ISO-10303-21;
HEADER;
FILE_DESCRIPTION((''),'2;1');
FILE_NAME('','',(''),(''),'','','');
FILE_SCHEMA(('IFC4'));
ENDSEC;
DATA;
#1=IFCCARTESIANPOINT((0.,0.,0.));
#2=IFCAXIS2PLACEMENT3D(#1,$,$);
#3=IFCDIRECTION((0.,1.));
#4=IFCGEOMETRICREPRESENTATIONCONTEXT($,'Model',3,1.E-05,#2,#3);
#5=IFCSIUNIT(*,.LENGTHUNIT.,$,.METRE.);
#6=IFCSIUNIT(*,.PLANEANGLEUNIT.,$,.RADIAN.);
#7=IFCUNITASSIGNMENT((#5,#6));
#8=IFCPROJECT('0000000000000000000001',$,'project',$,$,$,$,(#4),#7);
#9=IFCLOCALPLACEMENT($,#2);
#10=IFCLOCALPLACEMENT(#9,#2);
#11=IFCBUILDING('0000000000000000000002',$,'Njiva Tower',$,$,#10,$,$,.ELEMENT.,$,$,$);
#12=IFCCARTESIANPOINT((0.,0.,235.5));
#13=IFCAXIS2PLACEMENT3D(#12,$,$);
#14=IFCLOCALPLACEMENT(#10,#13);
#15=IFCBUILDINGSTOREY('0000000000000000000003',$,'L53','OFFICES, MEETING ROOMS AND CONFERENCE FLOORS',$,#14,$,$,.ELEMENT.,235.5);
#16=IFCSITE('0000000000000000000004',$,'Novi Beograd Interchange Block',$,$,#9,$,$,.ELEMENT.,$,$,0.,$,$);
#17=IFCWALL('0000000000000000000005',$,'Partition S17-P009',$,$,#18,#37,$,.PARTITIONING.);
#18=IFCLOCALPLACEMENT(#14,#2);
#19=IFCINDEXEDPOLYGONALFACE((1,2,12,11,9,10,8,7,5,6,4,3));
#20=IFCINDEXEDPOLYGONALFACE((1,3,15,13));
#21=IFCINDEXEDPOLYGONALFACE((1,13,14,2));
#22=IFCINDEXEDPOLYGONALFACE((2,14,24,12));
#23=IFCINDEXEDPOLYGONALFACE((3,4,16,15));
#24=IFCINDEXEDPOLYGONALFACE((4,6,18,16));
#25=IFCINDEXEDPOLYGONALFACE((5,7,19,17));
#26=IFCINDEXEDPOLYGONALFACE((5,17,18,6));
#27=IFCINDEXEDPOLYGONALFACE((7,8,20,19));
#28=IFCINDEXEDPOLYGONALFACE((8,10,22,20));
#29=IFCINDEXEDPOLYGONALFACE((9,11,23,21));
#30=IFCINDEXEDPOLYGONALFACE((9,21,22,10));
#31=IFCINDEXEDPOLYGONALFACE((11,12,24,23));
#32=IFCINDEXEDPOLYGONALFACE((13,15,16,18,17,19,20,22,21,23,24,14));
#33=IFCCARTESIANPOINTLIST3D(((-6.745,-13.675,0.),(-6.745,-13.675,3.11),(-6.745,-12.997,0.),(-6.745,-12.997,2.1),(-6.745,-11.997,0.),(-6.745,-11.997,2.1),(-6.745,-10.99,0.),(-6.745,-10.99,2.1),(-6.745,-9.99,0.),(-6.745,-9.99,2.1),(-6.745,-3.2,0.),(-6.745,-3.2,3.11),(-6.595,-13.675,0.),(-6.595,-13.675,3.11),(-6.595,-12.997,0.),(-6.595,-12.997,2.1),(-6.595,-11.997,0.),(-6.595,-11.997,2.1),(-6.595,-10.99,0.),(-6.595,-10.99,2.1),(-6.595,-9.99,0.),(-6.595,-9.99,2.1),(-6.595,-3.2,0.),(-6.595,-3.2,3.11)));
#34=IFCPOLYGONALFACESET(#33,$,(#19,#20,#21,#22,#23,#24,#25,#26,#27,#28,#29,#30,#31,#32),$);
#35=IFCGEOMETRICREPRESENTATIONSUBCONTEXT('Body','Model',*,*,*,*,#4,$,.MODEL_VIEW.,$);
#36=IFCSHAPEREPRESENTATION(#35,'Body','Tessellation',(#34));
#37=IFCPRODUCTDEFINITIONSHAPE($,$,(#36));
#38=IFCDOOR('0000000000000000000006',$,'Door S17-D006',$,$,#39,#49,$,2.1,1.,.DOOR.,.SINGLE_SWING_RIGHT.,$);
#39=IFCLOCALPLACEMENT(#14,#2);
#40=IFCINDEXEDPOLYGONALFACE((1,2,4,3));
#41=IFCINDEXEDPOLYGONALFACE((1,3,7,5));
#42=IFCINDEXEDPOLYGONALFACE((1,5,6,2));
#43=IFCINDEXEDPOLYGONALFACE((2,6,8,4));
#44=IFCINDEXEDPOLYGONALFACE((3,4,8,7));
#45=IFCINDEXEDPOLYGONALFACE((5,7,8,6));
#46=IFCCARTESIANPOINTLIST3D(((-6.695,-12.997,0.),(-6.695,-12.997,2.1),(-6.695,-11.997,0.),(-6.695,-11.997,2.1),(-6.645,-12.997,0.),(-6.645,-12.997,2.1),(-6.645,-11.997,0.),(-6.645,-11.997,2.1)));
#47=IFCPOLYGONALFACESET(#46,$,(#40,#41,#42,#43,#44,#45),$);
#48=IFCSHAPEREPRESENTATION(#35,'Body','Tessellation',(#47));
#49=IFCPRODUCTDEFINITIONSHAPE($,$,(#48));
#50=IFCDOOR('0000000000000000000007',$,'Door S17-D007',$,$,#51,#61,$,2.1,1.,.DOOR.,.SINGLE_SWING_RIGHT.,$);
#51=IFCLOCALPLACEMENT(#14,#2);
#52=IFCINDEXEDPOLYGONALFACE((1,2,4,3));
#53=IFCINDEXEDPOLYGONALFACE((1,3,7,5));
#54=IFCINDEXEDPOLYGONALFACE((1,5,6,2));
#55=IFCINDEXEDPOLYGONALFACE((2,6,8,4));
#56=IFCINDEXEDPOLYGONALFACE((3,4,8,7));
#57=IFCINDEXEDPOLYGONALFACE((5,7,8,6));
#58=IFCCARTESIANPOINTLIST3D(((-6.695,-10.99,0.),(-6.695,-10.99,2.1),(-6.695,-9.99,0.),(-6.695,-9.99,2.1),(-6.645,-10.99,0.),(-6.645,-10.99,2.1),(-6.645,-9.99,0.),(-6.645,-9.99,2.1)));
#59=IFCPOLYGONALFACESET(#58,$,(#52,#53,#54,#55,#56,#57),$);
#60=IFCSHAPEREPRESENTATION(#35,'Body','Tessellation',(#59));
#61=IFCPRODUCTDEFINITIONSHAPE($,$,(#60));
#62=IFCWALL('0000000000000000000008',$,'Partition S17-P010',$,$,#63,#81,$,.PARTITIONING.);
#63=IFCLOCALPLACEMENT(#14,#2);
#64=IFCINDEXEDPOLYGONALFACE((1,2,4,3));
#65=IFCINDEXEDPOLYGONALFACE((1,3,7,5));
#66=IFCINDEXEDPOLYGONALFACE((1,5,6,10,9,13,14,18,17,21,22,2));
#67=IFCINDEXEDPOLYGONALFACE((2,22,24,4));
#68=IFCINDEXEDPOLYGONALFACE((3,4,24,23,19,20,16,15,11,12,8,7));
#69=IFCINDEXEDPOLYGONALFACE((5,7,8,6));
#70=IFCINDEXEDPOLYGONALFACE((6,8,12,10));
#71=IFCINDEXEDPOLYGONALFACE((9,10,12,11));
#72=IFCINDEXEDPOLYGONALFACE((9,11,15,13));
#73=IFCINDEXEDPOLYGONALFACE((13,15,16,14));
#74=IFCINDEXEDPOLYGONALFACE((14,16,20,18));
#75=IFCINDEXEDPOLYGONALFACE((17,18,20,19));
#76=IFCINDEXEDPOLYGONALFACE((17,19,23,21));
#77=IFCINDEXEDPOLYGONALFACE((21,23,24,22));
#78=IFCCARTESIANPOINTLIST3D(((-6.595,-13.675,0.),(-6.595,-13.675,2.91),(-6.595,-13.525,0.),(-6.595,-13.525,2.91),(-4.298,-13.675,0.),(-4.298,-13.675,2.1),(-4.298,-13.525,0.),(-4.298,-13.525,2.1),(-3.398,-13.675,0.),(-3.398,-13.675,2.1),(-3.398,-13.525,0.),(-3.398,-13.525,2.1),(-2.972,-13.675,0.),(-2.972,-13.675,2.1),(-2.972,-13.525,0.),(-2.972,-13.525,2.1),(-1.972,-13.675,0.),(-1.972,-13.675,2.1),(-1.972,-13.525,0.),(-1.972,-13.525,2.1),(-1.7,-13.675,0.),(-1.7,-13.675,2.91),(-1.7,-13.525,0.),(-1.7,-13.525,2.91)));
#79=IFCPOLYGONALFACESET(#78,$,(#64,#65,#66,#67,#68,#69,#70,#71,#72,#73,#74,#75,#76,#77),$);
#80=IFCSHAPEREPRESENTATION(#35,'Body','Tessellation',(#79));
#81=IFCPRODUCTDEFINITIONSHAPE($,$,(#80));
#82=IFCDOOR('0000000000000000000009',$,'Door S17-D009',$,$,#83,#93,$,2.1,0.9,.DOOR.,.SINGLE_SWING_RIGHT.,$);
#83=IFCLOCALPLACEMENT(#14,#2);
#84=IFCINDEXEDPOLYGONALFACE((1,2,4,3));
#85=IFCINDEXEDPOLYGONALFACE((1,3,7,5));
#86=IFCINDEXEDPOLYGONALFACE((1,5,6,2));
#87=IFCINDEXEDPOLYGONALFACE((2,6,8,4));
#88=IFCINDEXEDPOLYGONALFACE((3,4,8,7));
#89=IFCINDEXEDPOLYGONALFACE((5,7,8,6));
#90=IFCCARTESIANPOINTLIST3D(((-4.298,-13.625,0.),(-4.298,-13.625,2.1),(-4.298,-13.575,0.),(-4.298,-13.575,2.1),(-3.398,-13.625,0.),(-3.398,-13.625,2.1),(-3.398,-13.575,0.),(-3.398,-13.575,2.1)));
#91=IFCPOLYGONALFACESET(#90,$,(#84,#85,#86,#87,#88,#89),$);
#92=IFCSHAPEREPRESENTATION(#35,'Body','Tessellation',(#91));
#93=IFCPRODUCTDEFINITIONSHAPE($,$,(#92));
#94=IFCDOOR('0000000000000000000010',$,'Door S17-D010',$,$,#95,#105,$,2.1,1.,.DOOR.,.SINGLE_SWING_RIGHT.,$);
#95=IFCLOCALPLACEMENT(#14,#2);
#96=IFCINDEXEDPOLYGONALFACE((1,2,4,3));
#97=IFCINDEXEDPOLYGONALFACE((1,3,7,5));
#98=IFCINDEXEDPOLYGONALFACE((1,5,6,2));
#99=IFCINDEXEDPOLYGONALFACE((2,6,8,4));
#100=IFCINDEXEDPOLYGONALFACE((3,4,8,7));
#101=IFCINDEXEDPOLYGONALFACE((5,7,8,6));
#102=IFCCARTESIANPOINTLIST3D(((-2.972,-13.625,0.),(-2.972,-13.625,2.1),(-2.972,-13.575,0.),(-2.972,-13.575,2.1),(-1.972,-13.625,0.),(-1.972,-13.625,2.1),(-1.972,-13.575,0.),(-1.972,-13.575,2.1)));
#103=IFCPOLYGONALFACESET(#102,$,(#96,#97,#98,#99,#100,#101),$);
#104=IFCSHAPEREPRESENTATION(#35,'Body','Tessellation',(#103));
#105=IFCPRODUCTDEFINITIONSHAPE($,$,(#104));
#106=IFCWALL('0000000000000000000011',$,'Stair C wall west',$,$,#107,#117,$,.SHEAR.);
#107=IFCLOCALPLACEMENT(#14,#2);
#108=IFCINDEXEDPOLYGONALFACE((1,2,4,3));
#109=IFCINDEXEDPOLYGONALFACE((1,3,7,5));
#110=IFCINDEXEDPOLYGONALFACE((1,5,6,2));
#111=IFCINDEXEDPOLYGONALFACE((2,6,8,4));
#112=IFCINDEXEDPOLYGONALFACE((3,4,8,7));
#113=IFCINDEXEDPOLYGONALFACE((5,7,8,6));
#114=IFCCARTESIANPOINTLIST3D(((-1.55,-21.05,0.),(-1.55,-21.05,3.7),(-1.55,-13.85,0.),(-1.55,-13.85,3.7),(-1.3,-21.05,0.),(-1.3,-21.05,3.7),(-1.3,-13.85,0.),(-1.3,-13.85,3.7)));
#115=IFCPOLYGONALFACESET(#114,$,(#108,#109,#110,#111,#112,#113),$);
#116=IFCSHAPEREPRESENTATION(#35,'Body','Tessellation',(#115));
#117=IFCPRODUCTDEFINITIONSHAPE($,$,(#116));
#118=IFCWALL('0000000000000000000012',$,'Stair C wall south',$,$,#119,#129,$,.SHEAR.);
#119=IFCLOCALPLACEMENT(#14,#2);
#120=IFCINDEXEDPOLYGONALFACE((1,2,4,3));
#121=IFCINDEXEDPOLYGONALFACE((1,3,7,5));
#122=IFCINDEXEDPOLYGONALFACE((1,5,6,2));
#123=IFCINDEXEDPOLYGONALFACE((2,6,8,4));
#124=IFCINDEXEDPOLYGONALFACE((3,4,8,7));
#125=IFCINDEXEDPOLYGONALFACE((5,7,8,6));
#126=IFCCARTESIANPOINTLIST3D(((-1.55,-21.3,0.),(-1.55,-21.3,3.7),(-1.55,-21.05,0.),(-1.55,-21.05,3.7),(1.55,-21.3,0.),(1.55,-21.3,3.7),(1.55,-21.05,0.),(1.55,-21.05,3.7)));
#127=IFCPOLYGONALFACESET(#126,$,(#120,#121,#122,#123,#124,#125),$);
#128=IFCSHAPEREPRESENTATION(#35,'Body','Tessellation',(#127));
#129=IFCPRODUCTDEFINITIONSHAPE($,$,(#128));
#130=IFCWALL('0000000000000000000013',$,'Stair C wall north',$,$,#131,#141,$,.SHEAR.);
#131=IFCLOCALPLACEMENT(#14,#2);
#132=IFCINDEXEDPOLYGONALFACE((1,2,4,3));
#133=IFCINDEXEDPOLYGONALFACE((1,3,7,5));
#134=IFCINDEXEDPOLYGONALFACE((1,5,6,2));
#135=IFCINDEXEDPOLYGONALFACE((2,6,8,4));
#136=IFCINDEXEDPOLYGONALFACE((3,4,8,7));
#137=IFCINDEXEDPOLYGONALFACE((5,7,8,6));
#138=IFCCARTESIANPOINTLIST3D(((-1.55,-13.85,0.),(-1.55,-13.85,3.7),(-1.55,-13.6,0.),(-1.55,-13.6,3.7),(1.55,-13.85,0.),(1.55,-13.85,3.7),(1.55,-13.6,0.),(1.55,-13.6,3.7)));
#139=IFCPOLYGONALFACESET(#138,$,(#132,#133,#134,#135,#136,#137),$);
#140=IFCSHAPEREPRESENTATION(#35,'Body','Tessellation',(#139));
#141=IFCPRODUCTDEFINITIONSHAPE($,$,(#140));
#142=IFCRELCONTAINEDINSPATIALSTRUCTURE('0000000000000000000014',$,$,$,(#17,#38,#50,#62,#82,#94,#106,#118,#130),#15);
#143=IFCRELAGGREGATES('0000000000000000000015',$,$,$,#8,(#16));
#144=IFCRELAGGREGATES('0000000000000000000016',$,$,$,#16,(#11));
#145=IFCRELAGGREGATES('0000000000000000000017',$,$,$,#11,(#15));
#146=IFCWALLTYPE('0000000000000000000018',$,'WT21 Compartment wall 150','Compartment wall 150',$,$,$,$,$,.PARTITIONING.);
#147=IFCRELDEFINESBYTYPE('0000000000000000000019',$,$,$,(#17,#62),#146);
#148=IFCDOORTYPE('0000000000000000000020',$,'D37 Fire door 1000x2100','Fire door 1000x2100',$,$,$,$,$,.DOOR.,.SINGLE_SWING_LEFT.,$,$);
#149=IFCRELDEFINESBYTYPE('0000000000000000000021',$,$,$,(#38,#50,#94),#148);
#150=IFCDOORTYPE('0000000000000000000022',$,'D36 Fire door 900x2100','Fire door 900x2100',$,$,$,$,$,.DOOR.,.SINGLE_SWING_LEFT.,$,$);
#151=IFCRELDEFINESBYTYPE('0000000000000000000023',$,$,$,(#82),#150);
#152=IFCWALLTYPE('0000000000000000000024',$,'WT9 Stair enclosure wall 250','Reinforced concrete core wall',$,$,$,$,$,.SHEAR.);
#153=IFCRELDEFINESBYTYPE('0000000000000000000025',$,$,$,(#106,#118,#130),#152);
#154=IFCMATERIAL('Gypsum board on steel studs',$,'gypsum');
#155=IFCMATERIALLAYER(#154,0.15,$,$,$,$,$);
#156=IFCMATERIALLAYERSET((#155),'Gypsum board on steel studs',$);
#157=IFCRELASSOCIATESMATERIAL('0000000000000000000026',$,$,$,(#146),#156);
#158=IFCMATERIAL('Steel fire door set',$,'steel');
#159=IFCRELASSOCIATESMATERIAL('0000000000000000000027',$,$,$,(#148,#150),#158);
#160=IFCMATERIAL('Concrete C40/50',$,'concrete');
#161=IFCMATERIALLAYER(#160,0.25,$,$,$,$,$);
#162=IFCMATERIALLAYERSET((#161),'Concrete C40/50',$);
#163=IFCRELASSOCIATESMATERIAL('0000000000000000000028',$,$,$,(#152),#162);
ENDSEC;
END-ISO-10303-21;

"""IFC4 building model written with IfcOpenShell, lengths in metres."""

from ifc_helpers import new_model, si_unit, direction, frame, frame_2d, origin, place, context, subcontext, project, spatial, rectangle, extrude, material, layer, layer_set, type_object, element, fill, save


model = new_model("IFC4")

# Units and contexts
model_context = context("Model", 3, precision=1e-05, world=origin(), true_north=direction((0.0, 1.0)))
body_context = subcontext(model_context, "Body", "Model", "MODEL_VIEW")
ifc_project = project(units=[si_unit("LENGTHUNIT", "METRE"), si_unit("PLANEANGLEUNIT", "RADIAN")], contexts=[model_context])

# Site, building, storey
site_placement = place(None, origin())
site = spatial("IfcSite", under=ifc_project, at=site_placement, Name="Novi Beograd Interchange Block", CompositionType="ELEMENT", RefElevation=0.0)
building_placement = place(site_placement, origin())
building = spatial("IfcBuilding", under=site, at=building_placement, Name="Njiva Tower", CompositionType="ELEMENT")
storey_placement = place(building_placement, frame((0.0, 0.0, 235.5)))
storey = spatial("IfcBuildingStorey", under=building, at=storey_placement, Name="L53", Description="OFFICES, MEETING ROOMS AND CONFERENCE FLOORS", CompositionType="ELEMENT", Elevation=235.5)

# Shared definitions
ifc_material_1 = material(Name="Gypsum board on steel studs", Category="gypsum")
ifc_layer_1 = layer(ifc_material_1, 0.15)
ifc_layer_set_1 = layer_set([ifc_layer_1], Name="Gypsum board on steel studs")
wall_type_1 = type_object("IfcWallType", Name="WT21 Compartment wall 150", Description="Compartment wall 150", PredefinedType="PARTITIONING", material=ifc_layer_set_1)

# Walls, openings, doors
wall_1_placement = place(storey_placement, frame((-6.67, -13.675, 0.0), z_axis=(0.0, 0.0, 1.0), x_axis=(0.0, 1.0, 0.0)))
wall_1 = element("IfcWall", 1, at=wall_1_placement, inside=storey, type_object=wall_type_1, Name="Partition S17-P009", PredefinedType="PARTITIONING", context=body_context, shape_type="SweptSolid", body=[
    extrude(rectangle(XDim=10.475, YDim=0.15, at=frame_2d((5.2375, 0.0))), origin(), (0.0, 0.0, 1.0), 3.11),
])
opening_1_placement = place(wall_1_placement, frame((0.678, 0.0, 0.0)))
opening_1 = element("IfcOpeningElement", 2, at=opening_1_placement, cuts=wall_1, PredefinedType="OPENING", context=body_context, shape_type="SweptSolid", body=[
    extrude(rectangle(XDim=1.0, YDim=2.1, at=frame_2d((0.5, 1.05))), frame((0.0, 0.085, 0.0), z_axis=(0.0, -1.0, 0.0), x_axis=(1.0, 0.0, 0.0)), (0.0, 0.0, 1.0), 0.17),
])
opening_2_placement = place(wall_1_placement, frame((2.685, 0.0, 0.0)))
opening_2 = element("IfcOpeningElement", 3, at=opening_2_placement, cuts=wall_1, PredefinedType="OPENING", context=body_context, shape_type="SweptSolid", body=[
    extrude(rectangle(XDim=1.0, YDim=2.1, at=frame_2d((0.5, 1.05))), frame((0.0, 0.085, 0.0), z_axis=(0.0, -1.0, 0.0), x_axis=(1.0, 0.0, 0.0)), (0.0, 0.0, 1.0), 0.17),
])
ifc_material_2 = material(Name="Steel fire door set", Category="steel")
door_type_1 = type_object("IfcDoorType", Name="D37 Fire door 1000x2100", Description="Fire door 1000x2100", OperationType="SINGLE_SWING_LEFT", PredefinedType="DOOR", material=ifc_material_2)
door_1_placement = place(opening_1_placement, origin())
door_1 = element("IfcDoor", 4, at=door_1_placement, inside=storey, type_object=door_type_1, Name="Door S17-D006", OperationType="SINGLE_SWING_RIGHT", OverallHeight=2.1, OverallWidth=1.0, PredefinedType="DOOR", context=body_context, shape_type="SweptSolid", body=[
    extrude(rectangle(XDim=1.0, YDim=2.1, at=frame_2d((0.5, 1.05))), frame((0.0, 0.025, 0.0), z_axis=(0.0, -1.0, 0.0), x_axis=(1.0, 0.0, 0.0)), (0.0, 0.0, 1.0), 0.05),
])
fill(opening_1, door_1)
door_2_placement = place(opening_2_placement, origin())
door_2 = element("IfcDoor", 5, at=door_2_placement, inside=storey, type_object=door_type_1, Name="Door S17-D007", OperationType="SINGLE_SWING_RIGHT", OverallHeight=2.1, OverallWidth=1.0, PredefinedType="DOOR", context=body_context, shape_type="SweptSolid", body=[
    extrude(rectangle(XDim=1.0, YDim=2.1, at=frame_2d((0.5, 1.05))), frame((0.0, 0.025, 0.0), z_axis=(0.0, -1.0, 0.0), x_axis=(1.0, 0.0, 0.0)), (0.0, 0.0, 1.0), 0.05),
])
fill(opening_2, door_2)
wall_2_placement = place(storey_placement, frame((-6.595, -13.6, 0.0), z_axis=(0.0, 0.0, 1.0), x_axis=(1.0, 0.0, 0.0)))
wall_2 = element("IfcWall", 6, at=wall_2_placement, inside=storey, type_object=wall_type_1, Name="Partition S17-P010", PredefinedType="PARTITIONING", context=body_context, shape_type="SweptSolid", body=[
    extrude(rectangle(XDim=4.895, YDim=0.15, at=frame_2d((2.4475, 0.0))), origin(), (0.0, 0.0, 1.0), 2.91),
])
opening_3_placement = place(wall_2_placement, frame((2.297, 0.0, 0.0)))
opening_3 = element("IfcOpeningElement", 7, at=opening_3_placement, cuts=wall_2, PredefinedType="OPENING", context=body_context, shape_type="SweptSolid", body=[
    extrude(rectangle(XDim=0.9, YDim=2.1, at=frame_2d((0.45, 1.05))), frame((0.0, 0.085, 0.0), z_axis=(0.0, -1.0, 0.0), x_axis=(1.0, 0.0, 0.0)), (0.0, 0.0, 1.0), 0.17),
])
opening_4_placement = place(wall_2_placement, frame((3.623, 0.0, 0.0)))
opening_4 = element("IfcOpeningElement", 8, at=opening_4_placement, cuts=wall_2, PredefinedType="OPENING", context=body_context, shape_type="SweptSolid", body=[
    extrude(rectangle(XDim=1.0, YDim=2.1, at=frame_2d((0.5, 1.05))), frame((0.0, 0.085, 0.0), z_axis=(0.0, -1.0, 0.0), x_axis=(1.0, 0.0, 0.0)), (0.0, 0.0, 1.0), 0.17),
])
door_type_2 = type_object("IfcDoorType", Name="D36 Fire door 900x2100", Description="Fire door 900x2100", OperationType="SINGLE_SWING_LEFT", PredefinedType="DOOR", material=ifc_material_2)
door_3_placement = place(opening_3_placement, origin())
door_3 = element("IfcDoor", 9, at=door_3_placement, inside=storey, type_object=door_type_2, Name="Door S17-D009", OperationType="SINGLE_SWING_RIGHT", OverallHeight=2.1, OverallWidth=0.9, PredefinedType="DOOR", context=body_context, shape_type="SweptSolid", body=[
    extrude(rectangle(XDim=0.9, YDim=2.1, at=frame_2d((0.45, 1.05))), frame((0.0, 0.025, 0.0), z_axis=(0.0, -1.0, 0.0), x_axis=(1.0, 0.0, 0.0)), (0.0, 0.0, 1.0), 0.05),
])
fill(opening_3, door_3)
door_4_placement = place(opening_4_placement, origin())
door_4 = element("IfcDoor", 10, at=door_4_placement, inside=storey, type_object=door_type_1, Name="Door S17-D010", OperationType="SINGLE_SWING_RIGHT", OverallHeight=2.1, OverallWidth=1.0, PredefinedType="DOOR", context=body_context, shape_type="SweptSolid", body=[
    extrude(rectangle(XDim=1.0, YDim=2.1, at=frame_2d((0.5, 1.05))), frame((0.0, 0.025, 0.0), z_axis=(0.0, -1.0, 0.0), x_axis=(1.0, 0.0, 0.0)), (0.0, 0.0, 1.0), 0.05),
])
fill(opening_4, door_4)

# Walls
ifc_material_3 = material(Name="Concrete C40/50", Category="concrete")
ifc_layer_2 = layer(ifc_material_3, 0.25)
ifc_layer_set_2 = layer_set([ifc_layer_2], Name="Concrete C40/50")
wall_type_2 = type_object("IfcWallType", Name="WT9 Stair enclosure wall 250", Description="Reinforced concrete core wall", PredefinedType="SHEAR", material=ifc_layer_set_2)
wall_3_placement = place(storey_placement, frame((-1.425, -21.05, 0.0), z_axis=(0.0, 0.0, 1.0), x_axis=(0.0, 1.0, 0.0)))
element("IfcWall", 11, at=wall_3_placement, inside=storey, type_object=wall_type_2, Name="Stair C wall west", PredefinedType="SHEAR", context=body_context, shape_type="SweptSolid", body=[
    extrude(rectangle(XDim=7.2, YDim=0.25, at=frame_2d((3.6, 0.0))), origin(), (0.0, 0.0, 1.0), 3.7),
])
for number, where, z_axis, x_axis, name in (
    (12, (-1.55, -21.175, 0.0), (0.0, 0.0, 1.0), (1.0, 0.0, 0.0), "Stair C wall south"),
    (13, (-1.55, -13.725, 0.0), (0.0, 0.0, 1.0), (1.0, 0.0, 0.0), "Stair C wall north"),
):
    element("IfcWall", number, at=place(storey_placement, frame(where, z_axis=z_axis, x_axis=x_axis)), inside=storey, type_object=wall_type_2, Name=name, PredefinedType="SHEAR", context=body_context, shape_type="SweptSolid", body=[
        extrude(rectangle(XDim=3.1, YDim=0.25, at=frame_2d((1.55, 0.0))), origin(), (0.0, 0.0, 1.0), 3.7),
    ])

save(model, "model.ifc")
